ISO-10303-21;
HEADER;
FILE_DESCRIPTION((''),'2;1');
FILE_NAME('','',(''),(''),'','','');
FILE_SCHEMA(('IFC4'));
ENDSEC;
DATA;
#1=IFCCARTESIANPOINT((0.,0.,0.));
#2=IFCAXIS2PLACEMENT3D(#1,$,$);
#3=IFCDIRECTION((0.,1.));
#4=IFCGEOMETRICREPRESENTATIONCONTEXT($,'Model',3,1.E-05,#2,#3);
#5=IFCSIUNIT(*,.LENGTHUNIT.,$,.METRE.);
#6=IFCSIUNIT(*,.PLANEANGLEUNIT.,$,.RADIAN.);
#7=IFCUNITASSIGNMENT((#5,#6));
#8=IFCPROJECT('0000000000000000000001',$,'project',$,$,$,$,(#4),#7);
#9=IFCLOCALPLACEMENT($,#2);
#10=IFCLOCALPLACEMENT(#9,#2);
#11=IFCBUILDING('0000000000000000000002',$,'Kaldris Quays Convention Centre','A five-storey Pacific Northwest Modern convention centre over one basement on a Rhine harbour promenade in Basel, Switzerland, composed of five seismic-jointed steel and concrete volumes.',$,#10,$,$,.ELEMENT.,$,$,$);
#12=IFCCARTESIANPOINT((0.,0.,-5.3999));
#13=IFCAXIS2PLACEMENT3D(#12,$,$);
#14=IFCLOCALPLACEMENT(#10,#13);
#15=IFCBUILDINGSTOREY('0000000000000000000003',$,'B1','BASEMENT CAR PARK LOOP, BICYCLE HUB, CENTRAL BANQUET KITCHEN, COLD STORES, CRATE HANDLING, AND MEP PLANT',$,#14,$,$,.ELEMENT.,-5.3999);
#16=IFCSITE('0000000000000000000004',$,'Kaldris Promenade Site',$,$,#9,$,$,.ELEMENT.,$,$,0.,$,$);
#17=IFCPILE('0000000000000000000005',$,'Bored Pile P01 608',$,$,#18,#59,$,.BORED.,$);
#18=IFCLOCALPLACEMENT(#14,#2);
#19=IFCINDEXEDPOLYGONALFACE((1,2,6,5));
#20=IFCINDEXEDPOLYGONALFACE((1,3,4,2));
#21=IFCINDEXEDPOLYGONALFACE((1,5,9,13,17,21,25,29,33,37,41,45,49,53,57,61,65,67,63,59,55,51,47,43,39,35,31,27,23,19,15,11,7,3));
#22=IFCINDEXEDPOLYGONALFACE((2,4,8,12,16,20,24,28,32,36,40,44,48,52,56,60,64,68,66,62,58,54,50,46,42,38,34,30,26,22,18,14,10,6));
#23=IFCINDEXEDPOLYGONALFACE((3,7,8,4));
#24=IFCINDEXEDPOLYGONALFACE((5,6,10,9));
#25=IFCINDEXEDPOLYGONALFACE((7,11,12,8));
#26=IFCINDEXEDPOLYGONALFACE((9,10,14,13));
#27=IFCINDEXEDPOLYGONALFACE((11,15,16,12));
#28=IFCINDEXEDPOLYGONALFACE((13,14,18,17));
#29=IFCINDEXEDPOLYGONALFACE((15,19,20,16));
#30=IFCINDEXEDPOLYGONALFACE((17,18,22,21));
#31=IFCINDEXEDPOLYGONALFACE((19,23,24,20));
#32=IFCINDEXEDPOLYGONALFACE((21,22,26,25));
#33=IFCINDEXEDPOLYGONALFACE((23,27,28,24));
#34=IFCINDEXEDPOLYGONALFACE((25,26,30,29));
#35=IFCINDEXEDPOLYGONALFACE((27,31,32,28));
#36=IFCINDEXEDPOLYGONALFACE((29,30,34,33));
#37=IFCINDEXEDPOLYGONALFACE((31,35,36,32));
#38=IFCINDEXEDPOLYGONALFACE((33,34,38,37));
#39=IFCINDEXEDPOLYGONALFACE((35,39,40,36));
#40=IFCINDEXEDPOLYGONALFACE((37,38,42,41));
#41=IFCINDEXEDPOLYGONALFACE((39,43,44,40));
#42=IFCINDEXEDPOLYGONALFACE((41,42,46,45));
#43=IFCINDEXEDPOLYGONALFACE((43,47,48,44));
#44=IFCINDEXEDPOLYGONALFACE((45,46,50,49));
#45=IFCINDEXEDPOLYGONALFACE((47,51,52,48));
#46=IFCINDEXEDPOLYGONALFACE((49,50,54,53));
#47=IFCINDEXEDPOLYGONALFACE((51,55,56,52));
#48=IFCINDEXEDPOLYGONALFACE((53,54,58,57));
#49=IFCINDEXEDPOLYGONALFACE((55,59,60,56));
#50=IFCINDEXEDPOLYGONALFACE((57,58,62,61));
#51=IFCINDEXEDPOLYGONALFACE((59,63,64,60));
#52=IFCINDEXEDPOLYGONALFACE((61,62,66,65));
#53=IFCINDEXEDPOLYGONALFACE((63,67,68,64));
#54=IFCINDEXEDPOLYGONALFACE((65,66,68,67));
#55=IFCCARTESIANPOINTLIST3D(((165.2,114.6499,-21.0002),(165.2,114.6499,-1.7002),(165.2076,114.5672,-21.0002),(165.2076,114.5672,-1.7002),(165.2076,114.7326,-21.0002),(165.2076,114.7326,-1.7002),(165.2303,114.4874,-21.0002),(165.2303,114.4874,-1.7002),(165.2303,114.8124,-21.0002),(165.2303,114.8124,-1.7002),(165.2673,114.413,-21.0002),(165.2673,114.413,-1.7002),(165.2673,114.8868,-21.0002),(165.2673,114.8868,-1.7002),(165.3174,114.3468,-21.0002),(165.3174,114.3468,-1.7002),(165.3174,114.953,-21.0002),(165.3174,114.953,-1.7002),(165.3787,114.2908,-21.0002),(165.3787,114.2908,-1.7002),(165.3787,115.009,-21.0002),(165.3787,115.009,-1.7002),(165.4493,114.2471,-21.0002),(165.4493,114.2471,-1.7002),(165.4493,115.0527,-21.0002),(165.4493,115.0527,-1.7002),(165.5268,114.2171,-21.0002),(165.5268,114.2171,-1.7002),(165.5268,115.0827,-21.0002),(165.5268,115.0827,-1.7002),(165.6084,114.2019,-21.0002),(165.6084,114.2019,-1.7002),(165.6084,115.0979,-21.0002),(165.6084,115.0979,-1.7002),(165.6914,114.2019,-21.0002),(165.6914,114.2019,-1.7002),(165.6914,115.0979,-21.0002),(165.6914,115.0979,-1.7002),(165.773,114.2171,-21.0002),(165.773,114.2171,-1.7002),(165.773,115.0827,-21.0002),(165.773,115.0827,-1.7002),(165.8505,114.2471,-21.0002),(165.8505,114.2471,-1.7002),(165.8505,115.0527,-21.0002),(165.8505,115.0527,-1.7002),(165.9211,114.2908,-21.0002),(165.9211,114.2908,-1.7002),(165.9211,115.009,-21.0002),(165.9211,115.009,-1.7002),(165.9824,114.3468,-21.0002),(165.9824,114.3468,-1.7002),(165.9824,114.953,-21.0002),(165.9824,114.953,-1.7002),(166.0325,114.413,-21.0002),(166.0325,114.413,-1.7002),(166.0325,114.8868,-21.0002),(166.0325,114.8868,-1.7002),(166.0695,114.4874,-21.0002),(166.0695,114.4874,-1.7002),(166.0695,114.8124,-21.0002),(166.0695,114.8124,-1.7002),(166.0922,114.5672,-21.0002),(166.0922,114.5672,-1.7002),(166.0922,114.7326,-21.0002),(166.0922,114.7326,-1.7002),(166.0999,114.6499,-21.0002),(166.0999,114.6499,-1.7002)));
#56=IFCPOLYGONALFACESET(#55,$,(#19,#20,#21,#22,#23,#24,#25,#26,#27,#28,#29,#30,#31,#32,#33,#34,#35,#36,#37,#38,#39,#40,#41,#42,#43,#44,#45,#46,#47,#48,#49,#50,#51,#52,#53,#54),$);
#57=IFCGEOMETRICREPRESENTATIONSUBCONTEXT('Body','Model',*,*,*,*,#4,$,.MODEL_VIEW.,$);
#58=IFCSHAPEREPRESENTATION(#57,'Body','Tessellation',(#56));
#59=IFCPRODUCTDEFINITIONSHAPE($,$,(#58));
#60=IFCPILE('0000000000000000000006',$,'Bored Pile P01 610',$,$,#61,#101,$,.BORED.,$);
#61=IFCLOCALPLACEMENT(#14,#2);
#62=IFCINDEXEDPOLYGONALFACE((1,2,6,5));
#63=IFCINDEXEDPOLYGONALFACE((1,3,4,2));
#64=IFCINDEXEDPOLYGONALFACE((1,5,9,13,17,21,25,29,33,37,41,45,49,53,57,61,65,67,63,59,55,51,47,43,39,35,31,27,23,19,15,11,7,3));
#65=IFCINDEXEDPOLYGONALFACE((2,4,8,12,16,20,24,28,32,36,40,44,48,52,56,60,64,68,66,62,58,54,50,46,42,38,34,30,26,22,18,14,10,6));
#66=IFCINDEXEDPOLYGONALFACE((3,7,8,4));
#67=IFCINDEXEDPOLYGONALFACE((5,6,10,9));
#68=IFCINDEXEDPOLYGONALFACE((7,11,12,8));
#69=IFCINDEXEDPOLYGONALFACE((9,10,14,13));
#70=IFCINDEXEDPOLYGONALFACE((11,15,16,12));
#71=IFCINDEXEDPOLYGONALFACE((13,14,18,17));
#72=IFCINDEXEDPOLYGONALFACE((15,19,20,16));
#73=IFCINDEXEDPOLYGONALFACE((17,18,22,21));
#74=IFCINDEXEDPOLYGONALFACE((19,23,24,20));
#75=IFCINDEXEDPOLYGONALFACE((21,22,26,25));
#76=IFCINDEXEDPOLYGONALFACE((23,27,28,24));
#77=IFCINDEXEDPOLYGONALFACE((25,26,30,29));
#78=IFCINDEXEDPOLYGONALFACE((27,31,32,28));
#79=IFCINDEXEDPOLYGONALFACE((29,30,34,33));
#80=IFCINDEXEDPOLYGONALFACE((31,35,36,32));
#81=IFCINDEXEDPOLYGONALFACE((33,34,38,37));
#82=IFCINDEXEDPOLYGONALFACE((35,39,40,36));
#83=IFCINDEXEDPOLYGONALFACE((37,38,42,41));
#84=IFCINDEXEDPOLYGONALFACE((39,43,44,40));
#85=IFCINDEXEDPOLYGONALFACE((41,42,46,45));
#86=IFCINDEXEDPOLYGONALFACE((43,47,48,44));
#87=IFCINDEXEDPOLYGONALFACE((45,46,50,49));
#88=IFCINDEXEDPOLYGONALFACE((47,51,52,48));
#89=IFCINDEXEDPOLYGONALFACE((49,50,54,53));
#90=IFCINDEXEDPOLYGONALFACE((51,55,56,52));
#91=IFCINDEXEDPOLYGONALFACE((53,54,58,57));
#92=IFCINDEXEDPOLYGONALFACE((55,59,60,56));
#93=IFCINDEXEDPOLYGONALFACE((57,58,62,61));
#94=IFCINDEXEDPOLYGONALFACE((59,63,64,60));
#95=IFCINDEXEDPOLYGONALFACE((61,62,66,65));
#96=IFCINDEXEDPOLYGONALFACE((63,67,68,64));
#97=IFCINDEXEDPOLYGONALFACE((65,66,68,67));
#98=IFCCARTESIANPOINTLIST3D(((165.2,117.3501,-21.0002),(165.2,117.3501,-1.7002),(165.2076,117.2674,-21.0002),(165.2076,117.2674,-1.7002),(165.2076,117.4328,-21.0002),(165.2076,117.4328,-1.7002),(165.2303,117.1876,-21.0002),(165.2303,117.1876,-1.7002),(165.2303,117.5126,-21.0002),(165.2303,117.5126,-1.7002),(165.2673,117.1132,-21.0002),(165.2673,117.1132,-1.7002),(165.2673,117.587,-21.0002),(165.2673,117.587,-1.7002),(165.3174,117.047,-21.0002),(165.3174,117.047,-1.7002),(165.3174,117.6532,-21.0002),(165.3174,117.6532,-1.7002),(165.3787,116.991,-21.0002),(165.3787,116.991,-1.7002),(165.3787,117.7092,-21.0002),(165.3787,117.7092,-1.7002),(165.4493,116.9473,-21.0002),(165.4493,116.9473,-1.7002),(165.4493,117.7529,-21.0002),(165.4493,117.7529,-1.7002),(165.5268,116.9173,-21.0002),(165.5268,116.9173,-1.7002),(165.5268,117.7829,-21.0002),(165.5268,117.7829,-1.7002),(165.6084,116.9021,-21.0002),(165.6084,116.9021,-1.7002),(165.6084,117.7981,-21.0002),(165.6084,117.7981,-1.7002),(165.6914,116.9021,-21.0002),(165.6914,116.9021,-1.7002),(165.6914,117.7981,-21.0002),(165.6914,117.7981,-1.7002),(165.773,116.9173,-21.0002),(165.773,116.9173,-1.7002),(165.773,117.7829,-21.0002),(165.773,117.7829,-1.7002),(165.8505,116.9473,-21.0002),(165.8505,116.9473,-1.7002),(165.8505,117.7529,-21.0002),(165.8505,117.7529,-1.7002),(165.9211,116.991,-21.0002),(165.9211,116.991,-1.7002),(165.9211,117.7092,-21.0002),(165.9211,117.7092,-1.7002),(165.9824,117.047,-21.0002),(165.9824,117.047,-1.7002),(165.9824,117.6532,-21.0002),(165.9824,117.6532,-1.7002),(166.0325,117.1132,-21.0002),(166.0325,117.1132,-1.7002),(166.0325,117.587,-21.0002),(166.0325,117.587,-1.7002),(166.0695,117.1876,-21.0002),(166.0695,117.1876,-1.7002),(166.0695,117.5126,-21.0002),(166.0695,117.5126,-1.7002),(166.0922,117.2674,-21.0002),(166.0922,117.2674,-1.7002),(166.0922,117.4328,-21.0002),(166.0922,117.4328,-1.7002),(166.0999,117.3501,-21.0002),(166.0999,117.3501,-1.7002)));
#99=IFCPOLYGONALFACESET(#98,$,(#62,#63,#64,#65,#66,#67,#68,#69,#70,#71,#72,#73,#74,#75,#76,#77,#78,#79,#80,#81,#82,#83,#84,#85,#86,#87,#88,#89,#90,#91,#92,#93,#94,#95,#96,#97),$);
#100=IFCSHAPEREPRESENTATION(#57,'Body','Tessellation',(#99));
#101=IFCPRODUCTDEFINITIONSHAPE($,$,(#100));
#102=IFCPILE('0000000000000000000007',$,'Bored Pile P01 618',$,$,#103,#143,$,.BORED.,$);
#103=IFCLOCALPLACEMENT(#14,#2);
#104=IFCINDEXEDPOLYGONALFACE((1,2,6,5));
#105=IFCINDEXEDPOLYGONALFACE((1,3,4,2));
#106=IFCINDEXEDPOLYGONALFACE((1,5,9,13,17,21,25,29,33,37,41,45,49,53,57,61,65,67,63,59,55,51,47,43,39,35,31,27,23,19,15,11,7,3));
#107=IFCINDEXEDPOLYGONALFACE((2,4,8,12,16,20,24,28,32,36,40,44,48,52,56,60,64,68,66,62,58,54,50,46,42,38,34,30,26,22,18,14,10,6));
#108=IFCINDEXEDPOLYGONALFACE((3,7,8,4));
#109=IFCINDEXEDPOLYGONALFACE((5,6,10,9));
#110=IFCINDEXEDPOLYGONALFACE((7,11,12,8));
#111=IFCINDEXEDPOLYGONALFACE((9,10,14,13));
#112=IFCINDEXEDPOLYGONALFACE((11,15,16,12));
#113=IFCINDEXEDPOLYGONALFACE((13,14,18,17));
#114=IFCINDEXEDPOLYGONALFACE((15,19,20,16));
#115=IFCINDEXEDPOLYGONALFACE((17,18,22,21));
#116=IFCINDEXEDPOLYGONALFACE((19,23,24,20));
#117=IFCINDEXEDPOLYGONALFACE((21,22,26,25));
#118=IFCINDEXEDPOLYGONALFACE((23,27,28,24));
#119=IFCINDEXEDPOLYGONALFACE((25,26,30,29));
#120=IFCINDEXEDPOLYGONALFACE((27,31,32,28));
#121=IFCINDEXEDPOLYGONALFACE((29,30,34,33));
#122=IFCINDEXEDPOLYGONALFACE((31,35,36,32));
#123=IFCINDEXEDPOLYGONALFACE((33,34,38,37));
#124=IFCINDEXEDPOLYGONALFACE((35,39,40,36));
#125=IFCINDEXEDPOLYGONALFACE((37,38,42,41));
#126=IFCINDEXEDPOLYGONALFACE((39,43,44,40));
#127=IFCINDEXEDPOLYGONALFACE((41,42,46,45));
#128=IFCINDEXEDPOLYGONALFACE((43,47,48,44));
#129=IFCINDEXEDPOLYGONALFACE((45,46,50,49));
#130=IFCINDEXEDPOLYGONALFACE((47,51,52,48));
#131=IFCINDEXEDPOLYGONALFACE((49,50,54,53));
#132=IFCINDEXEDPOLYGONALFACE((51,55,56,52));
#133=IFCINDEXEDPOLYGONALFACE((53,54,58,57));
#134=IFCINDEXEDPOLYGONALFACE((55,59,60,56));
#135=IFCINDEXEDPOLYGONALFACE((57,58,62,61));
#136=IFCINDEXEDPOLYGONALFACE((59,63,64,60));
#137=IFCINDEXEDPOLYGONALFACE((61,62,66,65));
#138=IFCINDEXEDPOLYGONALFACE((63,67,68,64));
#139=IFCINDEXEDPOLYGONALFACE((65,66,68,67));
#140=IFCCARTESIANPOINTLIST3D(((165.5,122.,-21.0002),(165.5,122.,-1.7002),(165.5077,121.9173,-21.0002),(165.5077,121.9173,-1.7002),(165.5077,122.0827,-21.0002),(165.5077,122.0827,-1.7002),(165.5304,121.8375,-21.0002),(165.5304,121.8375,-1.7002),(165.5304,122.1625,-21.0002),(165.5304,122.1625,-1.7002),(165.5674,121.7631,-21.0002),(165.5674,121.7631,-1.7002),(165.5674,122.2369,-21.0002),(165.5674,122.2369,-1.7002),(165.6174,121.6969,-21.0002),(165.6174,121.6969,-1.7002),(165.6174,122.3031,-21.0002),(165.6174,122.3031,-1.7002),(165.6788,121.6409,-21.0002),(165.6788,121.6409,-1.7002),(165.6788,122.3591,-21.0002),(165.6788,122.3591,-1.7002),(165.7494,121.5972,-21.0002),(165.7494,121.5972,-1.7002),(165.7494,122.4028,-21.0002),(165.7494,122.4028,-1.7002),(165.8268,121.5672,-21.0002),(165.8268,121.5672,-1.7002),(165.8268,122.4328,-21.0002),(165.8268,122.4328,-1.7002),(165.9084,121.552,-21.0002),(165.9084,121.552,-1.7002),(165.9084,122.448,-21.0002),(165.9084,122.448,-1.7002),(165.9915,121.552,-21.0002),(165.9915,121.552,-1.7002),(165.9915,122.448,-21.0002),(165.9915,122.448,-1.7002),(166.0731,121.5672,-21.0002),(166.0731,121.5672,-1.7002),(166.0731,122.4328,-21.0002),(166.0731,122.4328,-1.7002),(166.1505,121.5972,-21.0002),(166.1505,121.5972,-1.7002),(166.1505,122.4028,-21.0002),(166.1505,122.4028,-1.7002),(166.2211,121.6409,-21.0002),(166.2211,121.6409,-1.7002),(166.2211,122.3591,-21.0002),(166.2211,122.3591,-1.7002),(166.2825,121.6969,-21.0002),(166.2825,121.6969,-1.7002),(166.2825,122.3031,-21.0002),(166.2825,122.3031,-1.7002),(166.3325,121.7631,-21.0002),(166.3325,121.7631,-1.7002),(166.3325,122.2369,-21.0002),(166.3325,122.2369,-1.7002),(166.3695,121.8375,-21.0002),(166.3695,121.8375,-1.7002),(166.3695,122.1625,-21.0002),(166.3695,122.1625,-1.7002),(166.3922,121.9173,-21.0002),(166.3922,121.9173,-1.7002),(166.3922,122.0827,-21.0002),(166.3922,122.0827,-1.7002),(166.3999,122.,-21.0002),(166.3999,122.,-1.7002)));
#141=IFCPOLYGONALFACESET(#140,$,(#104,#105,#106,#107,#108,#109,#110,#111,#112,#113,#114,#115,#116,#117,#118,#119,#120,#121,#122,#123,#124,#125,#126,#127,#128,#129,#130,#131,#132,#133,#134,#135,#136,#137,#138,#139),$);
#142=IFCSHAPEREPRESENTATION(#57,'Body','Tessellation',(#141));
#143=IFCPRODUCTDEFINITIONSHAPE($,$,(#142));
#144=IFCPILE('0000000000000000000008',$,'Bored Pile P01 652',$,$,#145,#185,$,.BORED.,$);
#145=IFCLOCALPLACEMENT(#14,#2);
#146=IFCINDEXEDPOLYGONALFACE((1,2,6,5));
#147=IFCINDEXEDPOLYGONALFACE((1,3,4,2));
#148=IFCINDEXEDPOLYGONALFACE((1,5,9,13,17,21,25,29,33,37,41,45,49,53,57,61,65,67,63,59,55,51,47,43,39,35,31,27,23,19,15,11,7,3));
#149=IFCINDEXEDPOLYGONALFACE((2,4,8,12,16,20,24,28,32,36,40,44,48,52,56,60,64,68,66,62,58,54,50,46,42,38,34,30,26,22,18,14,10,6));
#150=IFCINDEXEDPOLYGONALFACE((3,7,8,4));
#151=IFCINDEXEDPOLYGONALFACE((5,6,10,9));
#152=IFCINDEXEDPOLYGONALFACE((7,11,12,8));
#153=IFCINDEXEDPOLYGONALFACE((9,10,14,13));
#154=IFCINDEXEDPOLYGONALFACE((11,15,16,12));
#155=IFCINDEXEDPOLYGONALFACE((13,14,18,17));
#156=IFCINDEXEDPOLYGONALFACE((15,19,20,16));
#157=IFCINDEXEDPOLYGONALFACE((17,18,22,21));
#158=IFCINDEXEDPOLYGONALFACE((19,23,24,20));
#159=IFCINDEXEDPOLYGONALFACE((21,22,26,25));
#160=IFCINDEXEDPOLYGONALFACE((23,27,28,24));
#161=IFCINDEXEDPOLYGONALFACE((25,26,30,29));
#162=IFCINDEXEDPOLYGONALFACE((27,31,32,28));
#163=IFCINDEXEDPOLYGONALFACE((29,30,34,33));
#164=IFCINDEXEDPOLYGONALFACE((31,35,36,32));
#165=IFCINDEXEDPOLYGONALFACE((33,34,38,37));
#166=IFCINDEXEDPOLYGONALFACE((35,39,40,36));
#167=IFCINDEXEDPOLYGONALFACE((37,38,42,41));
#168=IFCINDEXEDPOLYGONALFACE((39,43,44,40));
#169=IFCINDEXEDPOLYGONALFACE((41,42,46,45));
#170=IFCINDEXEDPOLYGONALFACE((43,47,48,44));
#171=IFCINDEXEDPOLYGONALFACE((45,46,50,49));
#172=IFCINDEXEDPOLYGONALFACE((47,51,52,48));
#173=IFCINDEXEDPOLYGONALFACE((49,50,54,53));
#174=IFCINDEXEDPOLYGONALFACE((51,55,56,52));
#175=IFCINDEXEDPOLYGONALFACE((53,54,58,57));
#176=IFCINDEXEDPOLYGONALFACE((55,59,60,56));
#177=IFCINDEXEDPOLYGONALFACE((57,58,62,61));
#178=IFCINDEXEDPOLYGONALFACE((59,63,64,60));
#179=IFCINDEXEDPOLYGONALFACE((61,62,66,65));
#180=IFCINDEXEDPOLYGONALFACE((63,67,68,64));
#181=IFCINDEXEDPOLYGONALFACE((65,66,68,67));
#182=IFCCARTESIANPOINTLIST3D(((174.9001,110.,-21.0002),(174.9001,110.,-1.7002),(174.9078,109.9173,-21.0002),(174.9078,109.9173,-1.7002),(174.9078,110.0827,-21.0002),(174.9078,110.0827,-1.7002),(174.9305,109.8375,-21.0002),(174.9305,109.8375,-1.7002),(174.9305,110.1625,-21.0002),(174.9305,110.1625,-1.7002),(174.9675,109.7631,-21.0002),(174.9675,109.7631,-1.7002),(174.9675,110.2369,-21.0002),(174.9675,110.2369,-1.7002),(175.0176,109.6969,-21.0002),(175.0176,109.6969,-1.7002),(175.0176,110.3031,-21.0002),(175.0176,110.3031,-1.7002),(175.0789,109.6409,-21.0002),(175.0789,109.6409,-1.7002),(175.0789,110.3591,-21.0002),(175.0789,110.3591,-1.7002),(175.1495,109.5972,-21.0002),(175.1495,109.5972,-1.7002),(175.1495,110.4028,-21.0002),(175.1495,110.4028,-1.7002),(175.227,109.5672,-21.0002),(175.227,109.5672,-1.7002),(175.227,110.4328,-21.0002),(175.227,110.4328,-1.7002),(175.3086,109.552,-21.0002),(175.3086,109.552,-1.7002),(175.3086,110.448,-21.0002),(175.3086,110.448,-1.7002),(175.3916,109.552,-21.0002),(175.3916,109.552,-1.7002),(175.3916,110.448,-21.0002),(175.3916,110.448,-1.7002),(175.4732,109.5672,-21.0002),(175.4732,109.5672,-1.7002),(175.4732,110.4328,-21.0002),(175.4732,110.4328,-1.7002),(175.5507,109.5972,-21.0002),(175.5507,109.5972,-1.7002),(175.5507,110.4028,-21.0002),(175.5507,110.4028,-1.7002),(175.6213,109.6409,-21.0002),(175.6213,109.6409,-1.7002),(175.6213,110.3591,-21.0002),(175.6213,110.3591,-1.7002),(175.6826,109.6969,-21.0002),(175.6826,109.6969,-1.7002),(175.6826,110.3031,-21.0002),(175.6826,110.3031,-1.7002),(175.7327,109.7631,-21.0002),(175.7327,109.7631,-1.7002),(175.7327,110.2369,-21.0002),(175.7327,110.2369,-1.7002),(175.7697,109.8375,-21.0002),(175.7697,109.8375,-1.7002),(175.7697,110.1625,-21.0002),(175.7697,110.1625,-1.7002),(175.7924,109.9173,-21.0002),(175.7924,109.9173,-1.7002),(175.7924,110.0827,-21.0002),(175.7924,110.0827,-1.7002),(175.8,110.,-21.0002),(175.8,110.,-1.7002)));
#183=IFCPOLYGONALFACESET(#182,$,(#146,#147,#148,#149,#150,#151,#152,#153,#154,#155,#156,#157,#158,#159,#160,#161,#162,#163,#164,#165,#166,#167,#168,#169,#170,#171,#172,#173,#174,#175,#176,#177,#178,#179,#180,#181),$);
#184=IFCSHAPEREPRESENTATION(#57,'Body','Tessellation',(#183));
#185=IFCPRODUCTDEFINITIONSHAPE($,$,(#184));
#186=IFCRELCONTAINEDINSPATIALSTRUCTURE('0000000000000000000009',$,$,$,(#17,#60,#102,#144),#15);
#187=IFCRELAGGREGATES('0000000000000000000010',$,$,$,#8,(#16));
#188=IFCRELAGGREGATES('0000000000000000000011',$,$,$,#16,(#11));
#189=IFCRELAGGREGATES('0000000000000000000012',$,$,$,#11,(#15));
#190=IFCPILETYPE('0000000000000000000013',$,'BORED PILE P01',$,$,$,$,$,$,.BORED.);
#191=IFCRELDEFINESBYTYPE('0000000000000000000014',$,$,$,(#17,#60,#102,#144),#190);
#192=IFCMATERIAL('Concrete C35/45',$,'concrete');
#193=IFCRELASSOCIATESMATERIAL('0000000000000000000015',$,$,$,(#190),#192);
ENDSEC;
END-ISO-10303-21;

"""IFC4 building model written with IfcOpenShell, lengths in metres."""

from ifc_helpers import new_model, si_unit, direction, frame, origin, origin_2d, place, context, subcontext, project, spatial, circle, extrude, material, material_profile, profile_set, type_object, element, save


model = new_model("IFC4")

# Units and contexts
model_context = context("Model", 3, precision=1e-05, world=origin(), true_north=direction((0.0, 1.0)))
body_context = subcontext(model_context, "Body", "Model", "MODEL_VIEW")
ifc_project = project(units=[si_unit("LENGTHUNIT", "METRE"), si_unit("PLANEANGLEUNIT", "RADIAN")], contexts=[model_context])

# Site, building, storey
site_placement = place(None, origin())
site = spatial("IfcSite", under=ifc_project, at=site_placement, Name="Kaldris Promenade Site", CompositionType="ELEMENT", RefElevation=0.0)
building_placement = place(site_placement, origin())
building = spatial("IfcBuilding", under=site, at=building_placement, Name="Kaldris Quays Convention Centre", Description="A five-storey Pacific Northwest Modern convention centre over one basement on a Rhine harbour promenade in Basel, Switzerland, composed of five seismic-jointed steel and concrete volumes.", CompositionType="ELEMENT")
storey_placement = place(building_placement, frame((0.0, 0.0, -5.3999)))
storey = spatial("IfcBuildingStorey", under=building, at=storey_placement, Name="B1", Description="BASEMENT CAR PARK LOOP, BICYCLE HUB, CENTRAL BANQUET KITCHEN, COLD STORES, CRATE HANDLING, AND MEP PLANT", CompositionType="ELEMENT", Elevation=-5.3999)

# Piles
ifc_material_1 = material(Name="Concrete C35/45", Category="concrete")
ifc_material_profile_1 = material_profile(ifc_material_1, circle(Radius=0.45, at=origin_2d()), Name="BORED PILE D900")
ifc_profile_set_1 = profile_set([ifc_material_profile_1], Name="Concrete C35/45")
pile_type_1 = type_object("IfcPileType", Name="BORED PILE P01", PredefinedType="BORED", material=ifc_profile_set_1)
for number, where, z_axis, x_axis, name in (
    (1, (165.6499, 114.6499, -1.7002), (0.0, 0.0, -1.0), (1.0, 0.0, 0.0), "Bored Pile P01 608"),
    (2, (165.6499, 117.3501, -1.7002), (0.0, 0.0, -1.0), (1.0, 0.0, 0.0), "Bored Pile P01 610"),
    (3, (165.95, 122.0, -1.7002), (0.0, 0.0, -1.0), (1.0, 0.0, 0.0), "Bored Pile P01 618"),
    (4, (175.3501, 110.0, -1.7002), (0.0, 0.0, -1.0), (1.0, 0.0, 0.0), "Bored Pile P01 652"),
):
    element("IfcPile", number, at=place(storey_placement, frame(where, z_axis=z_axis, x_axis=x_axis)), inside=storey, type_object=pile_type_1, Name=name, PredefinedType="BORED", context=body_context, shape_type="SweptSolid", body=[
        extrude(circle(Radius=0.45, at=origin_2d()), origin(), (0.0, 0.0, 1.0), 19.3),
    ])

save(model, "model.ifc")
